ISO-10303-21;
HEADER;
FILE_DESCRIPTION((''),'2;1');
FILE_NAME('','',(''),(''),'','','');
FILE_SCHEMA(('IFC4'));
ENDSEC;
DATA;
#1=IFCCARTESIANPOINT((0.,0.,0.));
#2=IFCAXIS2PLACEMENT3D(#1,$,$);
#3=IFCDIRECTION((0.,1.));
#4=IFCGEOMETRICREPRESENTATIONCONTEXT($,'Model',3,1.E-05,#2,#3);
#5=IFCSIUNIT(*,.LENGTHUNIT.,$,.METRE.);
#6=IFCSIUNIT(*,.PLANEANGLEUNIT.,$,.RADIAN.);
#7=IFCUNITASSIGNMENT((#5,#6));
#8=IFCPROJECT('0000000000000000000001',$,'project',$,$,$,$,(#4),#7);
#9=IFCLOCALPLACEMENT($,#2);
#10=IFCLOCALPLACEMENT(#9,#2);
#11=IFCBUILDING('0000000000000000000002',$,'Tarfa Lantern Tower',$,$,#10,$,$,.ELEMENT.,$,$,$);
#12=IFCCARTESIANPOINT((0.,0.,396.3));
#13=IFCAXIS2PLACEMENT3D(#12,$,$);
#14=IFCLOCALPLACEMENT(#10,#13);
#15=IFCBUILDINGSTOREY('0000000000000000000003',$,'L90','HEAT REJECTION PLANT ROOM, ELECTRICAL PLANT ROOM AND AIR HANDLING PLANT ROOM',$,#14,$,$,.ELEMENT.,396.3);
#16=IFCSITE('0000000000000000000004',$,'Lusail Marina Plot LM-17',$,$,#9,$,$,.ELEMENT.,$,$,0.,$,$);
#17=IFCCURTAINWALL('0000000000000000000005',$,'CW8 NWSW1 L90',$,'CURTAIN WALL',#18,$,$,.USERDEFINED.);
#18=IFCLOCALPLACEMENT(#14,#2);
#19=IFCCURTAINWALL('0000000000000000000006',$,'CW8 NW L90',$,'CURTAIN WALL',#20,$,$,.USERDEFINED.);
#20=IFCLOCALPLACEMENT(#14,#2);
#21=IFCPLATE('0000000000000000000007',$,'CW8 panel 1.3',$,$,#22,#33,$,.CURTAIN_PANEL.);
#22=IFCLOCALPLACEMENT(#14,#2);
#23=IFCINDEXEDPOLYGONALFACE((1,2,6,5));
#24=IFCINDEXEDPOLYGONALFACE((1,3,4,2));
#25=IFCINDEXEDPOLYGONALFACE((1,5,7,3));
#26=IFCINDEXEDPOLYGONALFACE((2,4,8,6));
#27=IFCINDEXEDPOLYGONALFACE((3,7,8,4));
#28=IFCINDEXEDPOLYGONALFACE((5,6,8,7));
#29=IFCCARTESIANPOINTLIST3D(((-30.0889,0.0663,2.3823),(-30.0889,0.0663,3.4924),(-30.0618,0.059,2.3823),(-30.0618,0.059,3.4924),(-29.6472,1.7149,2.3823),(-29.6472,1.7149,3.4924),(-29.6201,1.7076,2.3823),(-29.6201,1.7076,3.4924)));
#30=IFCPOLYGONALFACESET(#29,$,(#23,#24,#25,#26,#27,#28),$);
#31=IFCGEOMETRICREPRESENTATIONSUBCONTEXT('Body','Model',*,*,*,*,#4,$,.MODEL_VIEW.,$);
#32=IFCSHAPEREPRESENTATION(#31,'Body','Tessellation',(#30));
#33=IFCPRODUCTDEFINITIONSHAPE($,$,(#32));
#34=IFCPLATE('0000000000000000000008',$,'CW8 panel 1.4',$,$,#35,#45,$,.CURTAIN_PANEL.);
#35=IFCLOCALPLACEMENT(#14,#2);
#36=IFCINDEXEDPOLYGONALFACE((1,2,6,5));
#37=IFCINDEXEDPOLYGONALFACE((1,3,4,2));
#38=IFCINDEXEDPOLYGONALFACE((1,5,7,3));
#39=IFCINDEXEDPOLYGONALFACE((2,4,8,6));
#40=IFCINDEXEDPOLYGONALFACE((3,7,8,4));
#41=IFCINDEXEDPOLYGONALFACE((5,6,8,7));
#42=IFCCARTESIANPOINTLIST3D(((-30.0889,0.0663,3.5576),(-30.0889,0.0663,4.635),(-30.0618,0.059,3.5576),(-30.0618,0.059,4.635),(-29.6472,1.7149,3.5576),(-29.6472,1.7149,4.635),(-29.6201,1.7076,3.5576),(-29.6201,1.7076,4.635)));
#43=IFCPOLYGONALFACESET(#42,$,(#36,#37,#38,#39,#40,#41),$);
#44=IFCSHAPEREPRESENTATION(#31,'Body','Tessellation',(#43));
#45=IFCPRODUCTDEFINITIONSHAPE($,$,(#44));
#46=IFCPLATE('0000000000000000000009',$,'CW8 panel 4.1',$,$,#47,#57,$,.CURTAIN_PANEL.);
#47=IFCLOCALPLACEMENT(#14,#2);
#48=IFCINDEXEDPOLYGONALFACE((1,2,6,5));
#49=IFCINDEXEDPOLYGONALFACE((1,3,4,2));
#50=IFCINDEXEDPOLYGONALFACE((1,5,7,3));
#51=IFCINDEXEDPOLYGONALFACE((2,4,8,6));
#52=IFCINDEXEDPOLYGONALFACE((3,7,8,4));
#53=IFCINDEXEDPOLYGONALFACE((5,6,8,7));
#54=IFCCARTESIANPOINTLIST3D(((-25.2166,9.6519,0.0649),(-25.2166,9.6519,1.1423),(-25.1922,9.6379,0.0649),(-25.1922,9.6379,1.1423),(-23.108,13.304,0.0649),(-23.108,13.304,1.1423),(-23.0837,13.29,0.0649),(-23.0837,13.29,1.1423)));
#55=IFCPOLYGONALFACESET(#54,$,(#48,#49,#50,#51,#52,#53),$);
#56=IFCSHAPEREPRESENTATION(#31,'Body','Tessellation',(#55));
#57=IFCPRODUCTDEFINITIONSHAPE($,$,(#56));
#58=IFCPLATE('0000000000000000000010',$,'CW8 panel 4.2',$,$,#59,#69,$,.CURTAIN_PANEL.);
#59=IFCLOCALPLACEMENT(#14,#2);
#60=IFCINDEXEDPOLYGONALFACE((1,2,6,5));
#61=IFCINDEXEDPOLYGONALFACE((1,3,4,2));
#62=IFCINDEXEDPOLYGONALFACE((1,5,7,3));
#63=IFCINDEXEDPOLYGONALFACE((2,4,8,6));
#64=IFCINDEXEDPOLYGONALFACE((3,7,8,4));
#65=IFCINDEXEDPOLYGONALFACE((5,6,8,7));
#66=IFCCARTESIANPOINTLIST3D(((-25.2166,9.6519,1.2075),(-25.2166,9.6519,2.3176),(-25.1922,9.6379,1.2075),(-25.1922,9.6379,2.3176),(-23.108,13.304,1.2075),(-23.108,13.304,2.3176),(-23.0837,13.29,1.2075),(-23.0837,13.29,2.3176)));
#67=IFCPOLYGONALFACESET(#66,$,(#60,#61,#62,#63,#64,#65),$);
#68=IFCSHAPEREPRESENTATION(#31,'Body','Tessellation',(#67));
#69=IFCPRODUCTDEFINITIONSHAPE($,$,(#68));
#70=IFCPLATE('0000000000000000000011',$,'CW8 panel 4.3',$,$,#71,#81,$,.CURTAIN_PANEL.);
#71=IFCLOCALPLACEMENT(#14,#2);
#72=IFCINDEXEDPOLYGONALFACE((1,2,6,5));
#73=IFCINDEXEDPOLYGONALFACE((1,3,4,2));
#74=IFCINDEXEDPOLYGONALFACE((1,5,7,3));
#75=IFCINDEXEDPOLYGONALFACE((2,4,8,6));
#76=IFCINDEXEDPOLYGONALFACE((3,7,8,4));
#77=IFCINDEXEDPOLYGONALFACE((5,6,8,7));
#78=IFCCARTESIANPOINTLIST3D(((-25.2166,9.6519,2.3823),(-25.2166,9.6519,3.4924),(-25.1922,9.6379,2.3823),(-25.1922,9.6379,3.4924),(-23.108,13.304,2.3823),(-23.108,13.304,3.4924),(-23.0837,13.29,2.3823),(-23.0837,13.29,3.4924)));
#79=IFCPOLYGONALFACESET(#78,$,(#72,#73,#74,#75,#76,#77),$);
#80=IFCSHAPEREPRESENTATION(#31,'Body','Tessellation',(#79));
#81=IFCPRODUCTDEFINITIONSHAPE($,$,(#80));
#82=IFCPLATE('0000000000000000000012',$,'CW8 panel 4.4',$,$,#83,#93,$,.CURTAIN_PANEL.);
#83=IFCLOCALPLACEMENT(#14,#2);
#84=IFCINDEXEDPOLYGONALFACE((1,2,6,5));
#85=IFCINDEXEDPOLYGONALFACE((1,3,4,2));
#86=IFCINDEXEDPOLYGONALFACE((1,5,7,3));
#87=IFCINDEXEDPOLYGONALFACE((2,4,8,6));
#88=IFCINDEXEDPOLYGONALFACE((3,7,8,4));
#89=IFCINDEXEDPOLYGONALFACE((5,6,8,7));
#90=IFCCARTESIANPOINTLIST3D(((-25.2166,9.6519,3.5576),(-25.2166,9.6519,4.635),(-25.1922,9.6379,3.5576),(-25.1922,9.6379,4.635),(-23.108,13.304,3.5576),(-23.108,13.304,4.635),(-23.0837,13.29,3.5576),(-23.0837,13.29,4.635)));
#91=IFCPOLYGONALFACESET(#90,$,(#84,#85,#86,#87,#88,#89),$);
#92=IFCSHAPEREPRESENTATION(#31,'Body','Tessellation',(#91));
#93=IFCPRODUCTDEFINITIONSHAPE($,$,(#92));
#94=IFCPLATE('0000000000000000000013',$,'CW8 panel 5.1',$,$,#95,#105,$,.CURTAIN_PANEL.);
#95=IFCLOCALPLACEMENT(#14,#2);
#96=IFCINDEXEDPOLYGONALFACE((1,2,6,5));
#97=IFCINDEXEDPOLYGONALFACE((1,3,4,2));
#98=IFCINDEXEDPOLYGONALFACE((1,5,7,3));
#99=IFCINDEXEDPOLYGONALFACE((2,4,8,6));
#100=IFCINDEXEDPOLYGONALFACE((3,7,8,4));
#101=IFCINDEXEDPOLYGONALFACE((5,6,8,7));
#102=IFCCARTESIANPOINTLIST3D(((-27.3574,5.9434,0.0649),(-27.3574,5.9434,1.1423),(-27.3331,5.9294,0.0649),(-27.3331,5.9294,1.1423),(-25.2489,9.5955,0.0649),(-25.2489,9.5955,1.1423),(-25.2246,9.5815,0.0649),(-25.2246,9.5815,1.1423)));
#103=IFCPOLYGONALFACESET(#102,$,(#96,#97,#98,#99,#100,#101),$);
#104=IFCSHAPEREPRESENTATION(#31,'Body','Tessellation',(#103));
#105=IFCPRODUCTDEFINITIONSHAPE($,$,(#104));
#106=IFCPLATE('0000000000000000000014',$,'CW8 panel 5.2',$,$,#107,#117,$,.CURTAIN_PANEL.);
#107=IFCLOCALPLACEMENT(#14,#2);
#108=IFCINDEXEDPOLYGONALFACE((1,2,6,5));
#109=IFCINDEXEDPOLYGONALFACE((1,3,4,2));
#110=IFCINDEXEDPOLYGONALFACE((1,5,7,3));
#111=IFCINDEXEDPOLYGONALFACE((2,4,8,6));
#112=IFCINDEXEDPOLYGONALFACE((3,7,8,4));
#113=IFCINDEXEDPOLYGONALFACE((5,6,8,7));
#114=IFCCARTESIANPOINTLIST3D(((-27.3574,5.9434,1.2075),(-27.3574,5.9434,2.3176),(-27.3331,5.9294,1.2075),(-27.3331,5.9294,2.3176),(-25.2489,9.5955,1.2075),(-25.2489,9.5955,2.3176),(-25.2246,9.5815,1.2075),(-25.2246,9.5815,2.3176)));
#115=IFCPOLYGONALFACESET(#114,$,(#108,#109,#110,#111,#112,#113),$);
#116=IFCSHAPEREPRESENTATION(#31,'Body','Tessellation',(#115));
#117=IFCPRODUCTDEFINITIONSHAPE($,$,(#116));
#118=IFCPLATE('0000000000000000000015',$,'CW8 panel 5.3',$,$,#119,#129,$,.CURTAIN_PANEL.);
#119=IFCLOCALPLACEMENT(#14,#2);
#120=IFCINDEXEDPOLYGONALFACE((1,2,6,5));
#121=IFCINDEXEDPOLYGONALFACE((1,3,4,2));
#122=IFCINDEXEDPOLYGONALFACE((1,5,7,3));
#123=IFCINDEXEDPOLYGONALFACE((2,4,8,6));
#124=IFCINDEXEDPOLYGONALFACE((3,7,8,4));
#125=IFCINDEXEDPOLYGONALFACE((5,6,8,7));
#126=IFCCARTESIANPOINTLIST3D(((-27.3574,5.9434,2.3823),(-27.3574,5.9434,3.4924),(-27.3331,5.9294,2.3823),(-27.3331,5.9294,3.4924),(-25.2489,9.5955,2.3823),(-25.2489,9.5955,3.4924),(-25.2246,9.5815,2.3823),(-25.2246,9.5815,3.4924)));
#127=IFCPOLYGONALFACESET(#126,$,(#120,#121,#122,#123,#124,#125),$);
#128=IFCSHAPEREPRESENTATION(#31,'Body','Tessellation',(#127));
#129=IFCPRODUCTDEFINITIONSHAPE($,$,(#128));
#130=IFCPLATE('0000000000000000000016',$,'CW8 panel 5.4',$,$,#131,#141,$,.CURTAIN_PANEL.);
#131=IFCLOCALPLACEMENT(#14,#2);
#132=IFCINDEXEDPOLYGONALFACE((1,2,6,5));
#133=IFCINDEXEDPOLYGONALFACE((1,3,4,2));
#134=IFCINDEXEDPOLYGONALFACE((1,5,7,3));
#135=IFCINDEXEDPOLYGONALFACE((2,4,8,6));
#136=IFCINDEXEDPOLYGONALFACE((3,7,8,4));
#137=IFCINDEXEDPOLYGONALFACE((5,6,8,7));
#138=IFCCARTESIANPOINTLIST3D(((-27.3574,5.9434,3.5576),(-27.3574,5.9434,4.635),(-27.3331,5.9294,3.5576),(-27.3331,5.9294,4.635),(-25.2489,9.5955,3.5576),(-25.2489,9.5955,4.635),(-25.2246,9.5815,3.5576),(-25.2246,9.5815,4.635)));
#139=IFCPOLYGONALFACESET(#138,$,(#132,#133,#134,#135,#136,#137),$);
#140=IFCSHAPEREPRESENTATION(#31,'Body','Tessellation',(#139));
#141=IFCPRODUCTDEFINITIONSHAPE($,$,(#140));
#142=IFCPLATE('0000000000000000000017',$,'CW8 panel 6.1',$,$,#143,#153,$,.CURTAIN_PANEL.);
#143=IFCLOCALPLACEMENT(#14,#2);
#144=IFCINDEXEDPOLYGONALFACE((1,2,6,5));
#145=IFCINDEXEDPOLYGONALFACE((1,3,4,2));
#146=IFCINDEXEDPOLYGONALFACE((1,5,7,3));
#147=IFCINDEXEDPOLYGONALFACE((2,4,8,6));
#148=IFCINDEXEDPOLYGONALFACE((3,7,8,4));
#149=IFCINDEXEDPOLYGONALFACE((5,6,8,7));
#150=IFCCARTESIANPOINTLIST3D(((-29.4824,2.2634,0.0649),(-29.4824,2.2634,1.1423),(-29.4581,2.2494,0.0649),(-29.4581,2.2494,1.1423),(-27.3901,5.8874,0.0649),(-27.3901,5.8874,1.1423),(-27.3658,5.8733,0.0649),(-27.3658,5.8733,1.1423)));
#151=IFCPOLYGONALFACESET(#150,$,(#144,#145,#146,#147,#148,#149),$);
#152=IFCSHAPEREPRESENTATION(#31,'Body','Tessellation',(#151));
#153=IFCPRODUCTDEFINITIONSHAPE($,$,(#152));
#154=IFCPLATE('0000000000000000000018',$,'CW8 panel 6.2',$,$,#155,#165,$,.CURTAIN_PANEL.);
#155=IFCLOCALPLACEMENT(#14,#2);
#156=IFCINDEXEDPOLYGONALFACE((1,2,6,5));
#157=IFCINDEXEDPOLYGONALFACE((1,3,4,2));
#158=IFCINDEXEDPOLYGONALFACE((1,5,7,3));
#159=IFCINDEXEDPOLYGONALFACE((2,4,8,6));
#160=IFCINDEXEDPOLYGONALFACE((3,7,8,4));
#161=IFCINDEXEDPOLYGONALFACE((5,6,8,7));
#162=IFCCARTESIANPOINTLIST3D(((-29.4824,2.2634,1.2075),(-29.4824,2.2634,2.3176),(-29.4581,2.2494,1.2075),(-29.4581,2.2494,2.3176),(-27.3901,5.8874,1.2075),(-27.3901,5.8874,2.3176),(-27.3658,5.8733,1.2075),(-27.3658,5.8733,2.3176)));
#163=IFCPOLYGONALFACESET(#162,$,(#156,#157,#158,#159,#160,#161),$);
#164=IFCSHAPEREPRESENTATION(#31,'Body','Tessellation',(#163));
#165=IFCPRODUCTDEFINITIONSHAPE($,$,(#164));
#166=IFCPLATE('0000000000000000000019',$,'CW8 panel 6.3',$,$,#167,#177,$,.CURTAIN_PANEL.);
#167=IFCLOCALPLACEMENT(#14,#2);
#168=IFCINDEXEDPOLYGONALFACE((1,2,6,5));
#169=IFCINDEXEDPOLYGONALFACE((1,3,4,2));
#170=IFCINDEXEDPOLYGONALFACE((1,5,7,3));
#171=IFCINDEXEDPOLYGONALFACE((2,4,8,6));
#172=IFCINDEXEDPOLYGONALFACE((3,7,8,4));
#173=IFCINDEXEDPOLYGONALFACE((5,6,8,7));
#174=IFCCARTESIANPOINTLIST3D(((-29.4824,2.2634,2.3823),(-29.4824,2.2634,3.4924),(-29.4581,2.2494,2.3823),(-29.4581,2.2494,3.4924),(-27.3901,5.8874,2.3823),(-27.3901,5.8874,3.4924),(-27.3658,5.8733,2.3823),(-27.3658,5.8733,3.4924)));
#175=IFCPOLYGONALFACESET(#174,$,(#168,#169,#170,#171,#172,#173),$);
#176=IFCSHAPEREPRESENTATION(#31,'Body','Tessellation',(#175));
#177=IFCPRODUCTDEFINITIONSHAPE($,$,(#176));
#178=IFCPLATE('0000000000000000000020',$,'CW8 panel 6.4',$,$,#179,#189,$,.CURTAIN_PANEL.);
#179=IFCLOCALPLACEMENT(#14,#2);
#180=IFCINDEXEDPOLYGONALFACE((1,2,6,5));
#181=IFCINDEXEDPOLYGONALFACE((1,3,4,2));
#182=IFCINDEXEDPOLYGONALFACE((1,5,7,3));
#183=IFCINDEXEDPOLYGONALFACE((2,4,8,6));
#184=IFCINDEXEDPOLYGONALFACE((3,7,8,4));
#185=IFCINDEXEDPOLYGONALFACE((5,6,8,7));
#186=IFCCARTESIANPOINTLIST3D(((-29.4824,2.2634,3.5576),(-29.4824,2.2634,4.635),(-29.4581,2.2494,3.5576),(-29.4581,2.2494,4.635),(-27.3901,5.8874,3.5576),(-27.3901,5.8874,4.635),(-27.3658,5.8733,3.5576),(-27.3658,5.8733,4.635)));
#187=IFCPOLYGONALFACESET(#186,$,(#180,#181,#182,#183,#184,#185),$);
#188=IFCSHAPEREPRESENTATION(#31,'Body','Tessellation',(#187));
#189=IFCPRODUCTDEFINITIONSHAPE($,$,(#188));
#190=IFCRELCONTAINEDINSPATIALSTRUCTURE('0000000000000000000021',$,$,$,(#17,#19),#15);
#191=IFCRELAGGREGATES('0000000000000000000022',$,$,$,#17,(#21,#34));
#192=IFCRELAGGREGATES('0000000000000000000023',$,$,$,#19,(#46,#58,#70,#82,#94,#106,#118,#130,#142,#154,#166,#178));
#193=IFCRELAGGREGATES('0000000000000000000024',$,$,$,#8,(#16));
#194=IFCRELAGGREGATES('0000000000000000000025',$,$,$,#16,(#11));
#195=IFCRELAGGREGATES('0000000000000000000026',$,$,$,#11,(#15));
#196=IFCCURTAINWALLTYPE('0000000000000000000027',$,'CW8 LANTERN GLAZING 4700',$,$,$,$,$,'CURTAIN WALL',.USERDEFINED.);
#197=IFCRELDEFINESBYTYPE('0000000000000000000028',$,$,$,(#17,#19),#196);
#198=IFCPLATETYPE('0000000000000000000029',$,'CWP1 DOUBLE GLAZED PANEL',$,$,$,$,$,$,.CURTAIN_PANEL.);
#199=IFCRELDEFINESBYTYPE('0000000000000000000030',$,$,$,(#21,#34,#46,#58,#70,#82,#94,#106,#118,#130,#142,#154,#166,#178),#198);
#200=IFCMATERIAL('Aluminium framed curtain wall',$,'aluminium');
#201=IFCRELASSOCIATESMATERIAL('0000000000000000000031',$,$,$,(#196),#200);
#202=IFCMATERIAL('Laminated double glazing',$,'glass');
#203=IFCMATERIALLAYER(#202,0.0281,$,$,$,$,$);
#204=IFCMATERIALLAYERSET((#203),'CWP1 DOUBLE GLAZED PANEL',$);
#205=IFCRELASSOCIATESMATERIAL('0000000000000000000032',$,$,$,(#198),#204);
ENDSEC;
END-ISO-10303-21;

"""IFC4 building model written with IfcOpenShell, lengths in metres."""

from ifc_helpers import new_model, si_unit, direction, frame, origin, origin_2d, place, context, subcontext, project, spatial, rectangle, extrude, material, layer, layer_set, type_object, element, aggregate, save


model = new_model("IFC4")

# Units and contexts
model_context = context("Model", 3, precision=1e-05, world=origin(), true_north=direction((0.0, 1.0)))
body_context = subcontext(model_context, "Body", "Model", "MODEL_VIEW")
ifc_project = project(units=[si_unit("LENGTHUNIT", "METRE"), si_unit("PLANEANGLEUNIT", "RADIAN")], contexts=[model_context])

# Site, building, storey
site_placement = place(None, origin())
site = spatial("IfcSite", under=ifc_project, at=site_placement, Name="Lusail Marina Plot LM-17", CompositionType="ELEMENT", RefElevation=0.0)
building_placement = place(site_placement, origin())
building = spatial("IfcBuilding", under=site, at=building_placement, Name="Tarfa Lantern Tower", CompositionType="ELEMENT")
storey_placement = place(building_placement, frame((0.0, 0.0, 396.3)))
storey = spatial("IfcBuildingStorey", under=building, at=storey_placement, Name="L90", Description="HEAT REJECTION PLANT ROOM, ELECTRICAL PLANT ROOM AND AIR HANDLING PLANT ROOM", CompositionType="ELEMENT", Elevation=396.3)

# Curtain walls
ifc_material_1 = material(Name="Aluminium framed curtain wall", Category="aluminium")
curtain_wall_type = type_object("IfcCurtainWallType", Name="CW8 LANTERN GLAZING 4700", ElementType="CURTAIN WALL", PredefinedType="USERDEFINED", material=ifc_material_1)
curtain_wall_1_placement = place(storey_placement, origin())
curtain_wall_1 = element("IfcCurtainWall", 1, at=curtain_wall_1_placement, inside=storey, type_object=curtain_wall_type, Name="CW8 NWSW1 L90", ObjectType="CURTAIN WALL", PredefinedType="USERDEFINED")
curtain_wall_2_placement = place(storey_placement, origin())
curtain_wall_2 = element("IfcCurtainWall", 2, at=curtain_wall_2_placement, inside=storey, type_object=curtain_wall_type, Name="CW8 NW L90", ObjectType="CURTAIN WALL", PredefinedType="USERDEFINED")

# Plates
ifc_material_2 = material(Name="Laminated double glazing", Category="glass")
ifc_layer = layer(ifc_material_2, 0.0281)
ifc_layer_set = layer_set([ifc_layer], Name="CWP1 DOUBLE GLAZED PANEL")
plate_type = type_object("IfcPlateType", Name="CWP1 DOUBLE GLAZED PANEL", PredefinedType="CURTAIN_PANEL", material=ifc_layer_set)
plate_1_placement = place(storey_placement, frame((-29.8545, 0.887, 2.3823), z_axis=(0.0, 0.0, 1.0), x_axis=(-0.258819, -0.965926, 0.0)))
plate_1 = element("IfcPlate", 3, at=plate_1_placement, type_object=plate_type, Name="CW8 panel 1.3", PredefinedType="CURTAIN_PANEL", context=body_context, shape_type="SweptSolid", body=[
    extrude(rectangle(XDim=1.7068, YDim=0.0281, at=origin_2d()), origin(), (0.0, 0.0, 1.0), 1.1101),
])
plate_2_placement = place(storey_placement, frame((-29.8545, 0.887, 3.5576), z_axis=(0.0, 0.0, 1.0), x_axis=(-0.258819, -0.965926, 0.0)))
plate_2 = element("IfcPlate", 4, at=plate_2_placement, type_object=plate_type, Name="CW8 panel 1.4", PredefinedType="CURTAIN_PANEL", context=body_context, shape_type="SweptSolid", body=[
    extrude(rectangle(XDim=1.7068, YDim=0.0281, at=origin_2d()), origin(), (0.0, 0.0, 1.0), 1.0774),
])
aggregate(curtain_wall_1, [plate_1, plate_2])
plate_3_placement = place(storey_placement, frame((-24.1501, 11.4709, 0.0649), z_axis=(0.0, 0.0, 1.0), x_axis=(-0.5, -0.866025, 0.0)))
plate_3 = element("IfcPlate", 5, at=plate_3_placement, type_object=plate_type, Name="CW8 panel 4.1", PredefinedType="CURTAIN_PANEL", context=body_context, shape_type="SweptSolid", body=[
    extrude(rectangle(XDim=4.217, YDim=0.0281, at=origin_2d()), origin(), (0.0, 0.0, 1.0), 1.0774),
])
plate_4_placement = place(storey_placement, frame((-24.1501, 11.4709, 1.2075), z_axis=(0.0, 0.0, 1.0), x_axis=(-0.5, -0.866025, 0.0)))
plate_4 = element("IfcPlate", 6, at=plate_4_placement, type_object=plate_type, Name="CW8 panel 4.2", PredefinedType="CURTAIN_PANEL", context=body_context, shape_type="SweptSolid", body=[
    extrude(rectangle(XDim=4.217, YDim=0.0281, at=origin_2d()), origin(), (0.0, 0.0, 1.0), 1.1101),
])
plate_5_placement = place(storey_placement, frame((-24.1501, 11.4709, 2.3823), z_axis=(0.0, 0.0, 1.0), x_axis=(-0.5, -0.866025, 0.0)))
plate_5 = element("IfcPlate", 7, at=plate_5_placement, type_object=plate_type, Name="CW8 panel 4.3", PredefinedType="CURTAIN_PANEL", context=body_context, shape_type="SweptSolid", body=[
    extrude(rectangle(XDim=4.217, YDim=0.0281, at=origin_2d()), origin(), (0.0, 0.0, 1.0), 1.1101),
])
plate_6_placement = place(storey_placement, frame((-24.1501, 11.4709, 3.5576), z_axis=(0.0, 0.0, 1.0), x_axis=(-0.5, -0.866025, 0.0)))
plate_6 = element("IfcPlate", 8, at=plate_6_placement, type_object=plate_type, Name="CW8 panel 4.4", PredefinedType="CURTAIN_PANEL", context=body_context, shape_type="SweptSolid", body=[
    extrude(rectangle(XDim=4.217, YDim=0.0281, at=origin_2d()), origin(), (0.0, 0.0, 1.0), 1.0774),
])
plate_7_placement = place(storey_placement, frame((-26.291, 7.7625, 0.0649), z_axis=(0.0, 0.0, 1.0), x_axis=(-0.5, -0.866025, 0.0)))
plate_7 = element("IfcPlate", 9, at=plate_7_placement, type_object=plate_type, Name="CW8 panel 5.1", PredefinedType="CURTAIN_PANEL", context=body_context, shape_type="SweptSolid", body=[
    extrude(rectangle(XDim=4.217, YDim=0.0281, at=origin_2d()), origin(), (0.0, 0.0, 1.0), 1.0774),
])
plate_8_placement = place(storey_placement, frame((-26.291, 7.7625, 1.2075), z_axis=(0.0, 0.0, 1.0), x_axis=(-0.5, -0.866025, 0.0)))
plate_8 = element("IfcPlate", 10, at=plate_8_placement, type_object=plate_type, Name="CW8 panel 5.2", PredefinedType="CURTAIN_PANEL", context=body_context, shape_type="SweptSolid", body=[
    extrude(rectangle(XDim=4.217, YDim=0.0281, at=origin_2d()), origin(), (0.0, 0.0, 1.0), 1.1101),
])
plate_9_placement = place(storey_placement, frame((-26.291, 7.7625, 2.3823), z_axis=(0.0, 0.0, 1.0), x_axis=(-0.5, -0.866025, 0.0)))
plate_9 = element("IfcPlate", 11, at=plate_9_placement, type_object=plate_type, Name="CW8 panel 5.3", PredefinedType="CURTAIN_PANEL", context=body_context, shape_type="SweptSolid", body=[
    extrude(rectangle(XDim=4.217, YDim=0.0281, at=origin_2d()), origin(), (0.0, 0.0, 1.0), 1.1101),
])
plate_10_placement = place(storey_placement, frame((-26.291, 7.7625, 3.5576), z_axis=(0.0, 0.0, 1.0), x_axis=(-0.5, -0.866025, 0.0)))
plate_10 = element("IfcPlate", 12, at=plate_10_placement, type_object=plate_type, Name="CW8 panel 5.4", PredefinedType="CURTAIN_PANEL", context=body_context, shape_type="SweptSolid", body=[
    extrude(rectangle(XDim=4.217, YDim=0.0281, at=origin_2d()), origin(), (0.0, 0.0, 1.0), 1.0774),
])
plate_11_placement = place(storey_placement, frame((-28.4241, 4.0684, 0.0649), z_axis=(0.0, 0.0, 1.0), x_axis=(-0.5, -0.866025, 0.0)))
plate_11 = element("IfcPlate", 13, at=plate_11_placement, type_object=plate_type, Name="CW8 panel 6.1", PredefinedType="CURTAIN_PANEL", context=body_context, shape_type="SweptSolid", body=[
    extrude(rectangle(XDim=4.1846, YDim=0.0281, at=origin_2d()), origin(), (0.0, 0.0, 1.0), 1.0774),
])
plate_12_placement = place(storey_placement, frame((-28.4241, 4.0684, 1.2075), z_axis=(0.0, 0.0, 1.0), x_axis=(-0.5, -0.866025, 0.0)))
plate_12 = element("IfcPlate", 14, at=plate_12_placement, type_object=plate_type, Name="CW8 panel 6.2", PredefinedType="CURTAIN_PANEL", context=body_context, shape_type="SweptSolid", body=[
    extrude(rectangle(XDim=4.1846, YDim=0.0281, at=origin_2d()), origin(), (0.0, 0.0, 1.0), 1.1101),
])
plate_13_placement = place(storey_placement, frame((-28.4241, 4.0684, 2.3823), z_axis=(0.0, 0.0, 1.0), x_axis=(-0.5, -0.866025, 0.0)))
plate_13 = element("IfcPlate", 15, at=plate_13_placement, type_object=plate_type, Name="CW8 panel 6.3", PredefinedType="CURTAIN_PANEL", context=body_context, shape_type="SweptSolid", body=[
    extrude(rectangle(XDim=4.1846, YDim=0.0281, at=origin_2d()), origin(), (0.0, 0.0, 1.0), 1.1101),
])
plate_14_placement = place(storey_placement, frame((-28.4241, 4.0684, 3.5576), z_axis=(0.0, 0.0, 1.0), x_axis=(-0.5, -0.866025, 0.0)))
plate_14 = element("IfcPlate", 16, at=plate_14_placement, type_object=plate_type, Name="CW8 panel 6.4", PredefinedType="CURTAIN_PANEL", context=body_context, shape_type="SweptSolid", body=[
    extrude(rectangle(XDim=4.1846, YDim=0.0281, at=origin_2d()), origin(), (0.0, 0.0, 1.0), 1.0774),
])
aggregate(curtain_wall_2, [plate_3, plate_4, plate_5, plate_6, plate_7, plate_8, plate_9, plate_10, plate_11, plate_12, plate_13, plate_14])

save(model, "model.ifc")
